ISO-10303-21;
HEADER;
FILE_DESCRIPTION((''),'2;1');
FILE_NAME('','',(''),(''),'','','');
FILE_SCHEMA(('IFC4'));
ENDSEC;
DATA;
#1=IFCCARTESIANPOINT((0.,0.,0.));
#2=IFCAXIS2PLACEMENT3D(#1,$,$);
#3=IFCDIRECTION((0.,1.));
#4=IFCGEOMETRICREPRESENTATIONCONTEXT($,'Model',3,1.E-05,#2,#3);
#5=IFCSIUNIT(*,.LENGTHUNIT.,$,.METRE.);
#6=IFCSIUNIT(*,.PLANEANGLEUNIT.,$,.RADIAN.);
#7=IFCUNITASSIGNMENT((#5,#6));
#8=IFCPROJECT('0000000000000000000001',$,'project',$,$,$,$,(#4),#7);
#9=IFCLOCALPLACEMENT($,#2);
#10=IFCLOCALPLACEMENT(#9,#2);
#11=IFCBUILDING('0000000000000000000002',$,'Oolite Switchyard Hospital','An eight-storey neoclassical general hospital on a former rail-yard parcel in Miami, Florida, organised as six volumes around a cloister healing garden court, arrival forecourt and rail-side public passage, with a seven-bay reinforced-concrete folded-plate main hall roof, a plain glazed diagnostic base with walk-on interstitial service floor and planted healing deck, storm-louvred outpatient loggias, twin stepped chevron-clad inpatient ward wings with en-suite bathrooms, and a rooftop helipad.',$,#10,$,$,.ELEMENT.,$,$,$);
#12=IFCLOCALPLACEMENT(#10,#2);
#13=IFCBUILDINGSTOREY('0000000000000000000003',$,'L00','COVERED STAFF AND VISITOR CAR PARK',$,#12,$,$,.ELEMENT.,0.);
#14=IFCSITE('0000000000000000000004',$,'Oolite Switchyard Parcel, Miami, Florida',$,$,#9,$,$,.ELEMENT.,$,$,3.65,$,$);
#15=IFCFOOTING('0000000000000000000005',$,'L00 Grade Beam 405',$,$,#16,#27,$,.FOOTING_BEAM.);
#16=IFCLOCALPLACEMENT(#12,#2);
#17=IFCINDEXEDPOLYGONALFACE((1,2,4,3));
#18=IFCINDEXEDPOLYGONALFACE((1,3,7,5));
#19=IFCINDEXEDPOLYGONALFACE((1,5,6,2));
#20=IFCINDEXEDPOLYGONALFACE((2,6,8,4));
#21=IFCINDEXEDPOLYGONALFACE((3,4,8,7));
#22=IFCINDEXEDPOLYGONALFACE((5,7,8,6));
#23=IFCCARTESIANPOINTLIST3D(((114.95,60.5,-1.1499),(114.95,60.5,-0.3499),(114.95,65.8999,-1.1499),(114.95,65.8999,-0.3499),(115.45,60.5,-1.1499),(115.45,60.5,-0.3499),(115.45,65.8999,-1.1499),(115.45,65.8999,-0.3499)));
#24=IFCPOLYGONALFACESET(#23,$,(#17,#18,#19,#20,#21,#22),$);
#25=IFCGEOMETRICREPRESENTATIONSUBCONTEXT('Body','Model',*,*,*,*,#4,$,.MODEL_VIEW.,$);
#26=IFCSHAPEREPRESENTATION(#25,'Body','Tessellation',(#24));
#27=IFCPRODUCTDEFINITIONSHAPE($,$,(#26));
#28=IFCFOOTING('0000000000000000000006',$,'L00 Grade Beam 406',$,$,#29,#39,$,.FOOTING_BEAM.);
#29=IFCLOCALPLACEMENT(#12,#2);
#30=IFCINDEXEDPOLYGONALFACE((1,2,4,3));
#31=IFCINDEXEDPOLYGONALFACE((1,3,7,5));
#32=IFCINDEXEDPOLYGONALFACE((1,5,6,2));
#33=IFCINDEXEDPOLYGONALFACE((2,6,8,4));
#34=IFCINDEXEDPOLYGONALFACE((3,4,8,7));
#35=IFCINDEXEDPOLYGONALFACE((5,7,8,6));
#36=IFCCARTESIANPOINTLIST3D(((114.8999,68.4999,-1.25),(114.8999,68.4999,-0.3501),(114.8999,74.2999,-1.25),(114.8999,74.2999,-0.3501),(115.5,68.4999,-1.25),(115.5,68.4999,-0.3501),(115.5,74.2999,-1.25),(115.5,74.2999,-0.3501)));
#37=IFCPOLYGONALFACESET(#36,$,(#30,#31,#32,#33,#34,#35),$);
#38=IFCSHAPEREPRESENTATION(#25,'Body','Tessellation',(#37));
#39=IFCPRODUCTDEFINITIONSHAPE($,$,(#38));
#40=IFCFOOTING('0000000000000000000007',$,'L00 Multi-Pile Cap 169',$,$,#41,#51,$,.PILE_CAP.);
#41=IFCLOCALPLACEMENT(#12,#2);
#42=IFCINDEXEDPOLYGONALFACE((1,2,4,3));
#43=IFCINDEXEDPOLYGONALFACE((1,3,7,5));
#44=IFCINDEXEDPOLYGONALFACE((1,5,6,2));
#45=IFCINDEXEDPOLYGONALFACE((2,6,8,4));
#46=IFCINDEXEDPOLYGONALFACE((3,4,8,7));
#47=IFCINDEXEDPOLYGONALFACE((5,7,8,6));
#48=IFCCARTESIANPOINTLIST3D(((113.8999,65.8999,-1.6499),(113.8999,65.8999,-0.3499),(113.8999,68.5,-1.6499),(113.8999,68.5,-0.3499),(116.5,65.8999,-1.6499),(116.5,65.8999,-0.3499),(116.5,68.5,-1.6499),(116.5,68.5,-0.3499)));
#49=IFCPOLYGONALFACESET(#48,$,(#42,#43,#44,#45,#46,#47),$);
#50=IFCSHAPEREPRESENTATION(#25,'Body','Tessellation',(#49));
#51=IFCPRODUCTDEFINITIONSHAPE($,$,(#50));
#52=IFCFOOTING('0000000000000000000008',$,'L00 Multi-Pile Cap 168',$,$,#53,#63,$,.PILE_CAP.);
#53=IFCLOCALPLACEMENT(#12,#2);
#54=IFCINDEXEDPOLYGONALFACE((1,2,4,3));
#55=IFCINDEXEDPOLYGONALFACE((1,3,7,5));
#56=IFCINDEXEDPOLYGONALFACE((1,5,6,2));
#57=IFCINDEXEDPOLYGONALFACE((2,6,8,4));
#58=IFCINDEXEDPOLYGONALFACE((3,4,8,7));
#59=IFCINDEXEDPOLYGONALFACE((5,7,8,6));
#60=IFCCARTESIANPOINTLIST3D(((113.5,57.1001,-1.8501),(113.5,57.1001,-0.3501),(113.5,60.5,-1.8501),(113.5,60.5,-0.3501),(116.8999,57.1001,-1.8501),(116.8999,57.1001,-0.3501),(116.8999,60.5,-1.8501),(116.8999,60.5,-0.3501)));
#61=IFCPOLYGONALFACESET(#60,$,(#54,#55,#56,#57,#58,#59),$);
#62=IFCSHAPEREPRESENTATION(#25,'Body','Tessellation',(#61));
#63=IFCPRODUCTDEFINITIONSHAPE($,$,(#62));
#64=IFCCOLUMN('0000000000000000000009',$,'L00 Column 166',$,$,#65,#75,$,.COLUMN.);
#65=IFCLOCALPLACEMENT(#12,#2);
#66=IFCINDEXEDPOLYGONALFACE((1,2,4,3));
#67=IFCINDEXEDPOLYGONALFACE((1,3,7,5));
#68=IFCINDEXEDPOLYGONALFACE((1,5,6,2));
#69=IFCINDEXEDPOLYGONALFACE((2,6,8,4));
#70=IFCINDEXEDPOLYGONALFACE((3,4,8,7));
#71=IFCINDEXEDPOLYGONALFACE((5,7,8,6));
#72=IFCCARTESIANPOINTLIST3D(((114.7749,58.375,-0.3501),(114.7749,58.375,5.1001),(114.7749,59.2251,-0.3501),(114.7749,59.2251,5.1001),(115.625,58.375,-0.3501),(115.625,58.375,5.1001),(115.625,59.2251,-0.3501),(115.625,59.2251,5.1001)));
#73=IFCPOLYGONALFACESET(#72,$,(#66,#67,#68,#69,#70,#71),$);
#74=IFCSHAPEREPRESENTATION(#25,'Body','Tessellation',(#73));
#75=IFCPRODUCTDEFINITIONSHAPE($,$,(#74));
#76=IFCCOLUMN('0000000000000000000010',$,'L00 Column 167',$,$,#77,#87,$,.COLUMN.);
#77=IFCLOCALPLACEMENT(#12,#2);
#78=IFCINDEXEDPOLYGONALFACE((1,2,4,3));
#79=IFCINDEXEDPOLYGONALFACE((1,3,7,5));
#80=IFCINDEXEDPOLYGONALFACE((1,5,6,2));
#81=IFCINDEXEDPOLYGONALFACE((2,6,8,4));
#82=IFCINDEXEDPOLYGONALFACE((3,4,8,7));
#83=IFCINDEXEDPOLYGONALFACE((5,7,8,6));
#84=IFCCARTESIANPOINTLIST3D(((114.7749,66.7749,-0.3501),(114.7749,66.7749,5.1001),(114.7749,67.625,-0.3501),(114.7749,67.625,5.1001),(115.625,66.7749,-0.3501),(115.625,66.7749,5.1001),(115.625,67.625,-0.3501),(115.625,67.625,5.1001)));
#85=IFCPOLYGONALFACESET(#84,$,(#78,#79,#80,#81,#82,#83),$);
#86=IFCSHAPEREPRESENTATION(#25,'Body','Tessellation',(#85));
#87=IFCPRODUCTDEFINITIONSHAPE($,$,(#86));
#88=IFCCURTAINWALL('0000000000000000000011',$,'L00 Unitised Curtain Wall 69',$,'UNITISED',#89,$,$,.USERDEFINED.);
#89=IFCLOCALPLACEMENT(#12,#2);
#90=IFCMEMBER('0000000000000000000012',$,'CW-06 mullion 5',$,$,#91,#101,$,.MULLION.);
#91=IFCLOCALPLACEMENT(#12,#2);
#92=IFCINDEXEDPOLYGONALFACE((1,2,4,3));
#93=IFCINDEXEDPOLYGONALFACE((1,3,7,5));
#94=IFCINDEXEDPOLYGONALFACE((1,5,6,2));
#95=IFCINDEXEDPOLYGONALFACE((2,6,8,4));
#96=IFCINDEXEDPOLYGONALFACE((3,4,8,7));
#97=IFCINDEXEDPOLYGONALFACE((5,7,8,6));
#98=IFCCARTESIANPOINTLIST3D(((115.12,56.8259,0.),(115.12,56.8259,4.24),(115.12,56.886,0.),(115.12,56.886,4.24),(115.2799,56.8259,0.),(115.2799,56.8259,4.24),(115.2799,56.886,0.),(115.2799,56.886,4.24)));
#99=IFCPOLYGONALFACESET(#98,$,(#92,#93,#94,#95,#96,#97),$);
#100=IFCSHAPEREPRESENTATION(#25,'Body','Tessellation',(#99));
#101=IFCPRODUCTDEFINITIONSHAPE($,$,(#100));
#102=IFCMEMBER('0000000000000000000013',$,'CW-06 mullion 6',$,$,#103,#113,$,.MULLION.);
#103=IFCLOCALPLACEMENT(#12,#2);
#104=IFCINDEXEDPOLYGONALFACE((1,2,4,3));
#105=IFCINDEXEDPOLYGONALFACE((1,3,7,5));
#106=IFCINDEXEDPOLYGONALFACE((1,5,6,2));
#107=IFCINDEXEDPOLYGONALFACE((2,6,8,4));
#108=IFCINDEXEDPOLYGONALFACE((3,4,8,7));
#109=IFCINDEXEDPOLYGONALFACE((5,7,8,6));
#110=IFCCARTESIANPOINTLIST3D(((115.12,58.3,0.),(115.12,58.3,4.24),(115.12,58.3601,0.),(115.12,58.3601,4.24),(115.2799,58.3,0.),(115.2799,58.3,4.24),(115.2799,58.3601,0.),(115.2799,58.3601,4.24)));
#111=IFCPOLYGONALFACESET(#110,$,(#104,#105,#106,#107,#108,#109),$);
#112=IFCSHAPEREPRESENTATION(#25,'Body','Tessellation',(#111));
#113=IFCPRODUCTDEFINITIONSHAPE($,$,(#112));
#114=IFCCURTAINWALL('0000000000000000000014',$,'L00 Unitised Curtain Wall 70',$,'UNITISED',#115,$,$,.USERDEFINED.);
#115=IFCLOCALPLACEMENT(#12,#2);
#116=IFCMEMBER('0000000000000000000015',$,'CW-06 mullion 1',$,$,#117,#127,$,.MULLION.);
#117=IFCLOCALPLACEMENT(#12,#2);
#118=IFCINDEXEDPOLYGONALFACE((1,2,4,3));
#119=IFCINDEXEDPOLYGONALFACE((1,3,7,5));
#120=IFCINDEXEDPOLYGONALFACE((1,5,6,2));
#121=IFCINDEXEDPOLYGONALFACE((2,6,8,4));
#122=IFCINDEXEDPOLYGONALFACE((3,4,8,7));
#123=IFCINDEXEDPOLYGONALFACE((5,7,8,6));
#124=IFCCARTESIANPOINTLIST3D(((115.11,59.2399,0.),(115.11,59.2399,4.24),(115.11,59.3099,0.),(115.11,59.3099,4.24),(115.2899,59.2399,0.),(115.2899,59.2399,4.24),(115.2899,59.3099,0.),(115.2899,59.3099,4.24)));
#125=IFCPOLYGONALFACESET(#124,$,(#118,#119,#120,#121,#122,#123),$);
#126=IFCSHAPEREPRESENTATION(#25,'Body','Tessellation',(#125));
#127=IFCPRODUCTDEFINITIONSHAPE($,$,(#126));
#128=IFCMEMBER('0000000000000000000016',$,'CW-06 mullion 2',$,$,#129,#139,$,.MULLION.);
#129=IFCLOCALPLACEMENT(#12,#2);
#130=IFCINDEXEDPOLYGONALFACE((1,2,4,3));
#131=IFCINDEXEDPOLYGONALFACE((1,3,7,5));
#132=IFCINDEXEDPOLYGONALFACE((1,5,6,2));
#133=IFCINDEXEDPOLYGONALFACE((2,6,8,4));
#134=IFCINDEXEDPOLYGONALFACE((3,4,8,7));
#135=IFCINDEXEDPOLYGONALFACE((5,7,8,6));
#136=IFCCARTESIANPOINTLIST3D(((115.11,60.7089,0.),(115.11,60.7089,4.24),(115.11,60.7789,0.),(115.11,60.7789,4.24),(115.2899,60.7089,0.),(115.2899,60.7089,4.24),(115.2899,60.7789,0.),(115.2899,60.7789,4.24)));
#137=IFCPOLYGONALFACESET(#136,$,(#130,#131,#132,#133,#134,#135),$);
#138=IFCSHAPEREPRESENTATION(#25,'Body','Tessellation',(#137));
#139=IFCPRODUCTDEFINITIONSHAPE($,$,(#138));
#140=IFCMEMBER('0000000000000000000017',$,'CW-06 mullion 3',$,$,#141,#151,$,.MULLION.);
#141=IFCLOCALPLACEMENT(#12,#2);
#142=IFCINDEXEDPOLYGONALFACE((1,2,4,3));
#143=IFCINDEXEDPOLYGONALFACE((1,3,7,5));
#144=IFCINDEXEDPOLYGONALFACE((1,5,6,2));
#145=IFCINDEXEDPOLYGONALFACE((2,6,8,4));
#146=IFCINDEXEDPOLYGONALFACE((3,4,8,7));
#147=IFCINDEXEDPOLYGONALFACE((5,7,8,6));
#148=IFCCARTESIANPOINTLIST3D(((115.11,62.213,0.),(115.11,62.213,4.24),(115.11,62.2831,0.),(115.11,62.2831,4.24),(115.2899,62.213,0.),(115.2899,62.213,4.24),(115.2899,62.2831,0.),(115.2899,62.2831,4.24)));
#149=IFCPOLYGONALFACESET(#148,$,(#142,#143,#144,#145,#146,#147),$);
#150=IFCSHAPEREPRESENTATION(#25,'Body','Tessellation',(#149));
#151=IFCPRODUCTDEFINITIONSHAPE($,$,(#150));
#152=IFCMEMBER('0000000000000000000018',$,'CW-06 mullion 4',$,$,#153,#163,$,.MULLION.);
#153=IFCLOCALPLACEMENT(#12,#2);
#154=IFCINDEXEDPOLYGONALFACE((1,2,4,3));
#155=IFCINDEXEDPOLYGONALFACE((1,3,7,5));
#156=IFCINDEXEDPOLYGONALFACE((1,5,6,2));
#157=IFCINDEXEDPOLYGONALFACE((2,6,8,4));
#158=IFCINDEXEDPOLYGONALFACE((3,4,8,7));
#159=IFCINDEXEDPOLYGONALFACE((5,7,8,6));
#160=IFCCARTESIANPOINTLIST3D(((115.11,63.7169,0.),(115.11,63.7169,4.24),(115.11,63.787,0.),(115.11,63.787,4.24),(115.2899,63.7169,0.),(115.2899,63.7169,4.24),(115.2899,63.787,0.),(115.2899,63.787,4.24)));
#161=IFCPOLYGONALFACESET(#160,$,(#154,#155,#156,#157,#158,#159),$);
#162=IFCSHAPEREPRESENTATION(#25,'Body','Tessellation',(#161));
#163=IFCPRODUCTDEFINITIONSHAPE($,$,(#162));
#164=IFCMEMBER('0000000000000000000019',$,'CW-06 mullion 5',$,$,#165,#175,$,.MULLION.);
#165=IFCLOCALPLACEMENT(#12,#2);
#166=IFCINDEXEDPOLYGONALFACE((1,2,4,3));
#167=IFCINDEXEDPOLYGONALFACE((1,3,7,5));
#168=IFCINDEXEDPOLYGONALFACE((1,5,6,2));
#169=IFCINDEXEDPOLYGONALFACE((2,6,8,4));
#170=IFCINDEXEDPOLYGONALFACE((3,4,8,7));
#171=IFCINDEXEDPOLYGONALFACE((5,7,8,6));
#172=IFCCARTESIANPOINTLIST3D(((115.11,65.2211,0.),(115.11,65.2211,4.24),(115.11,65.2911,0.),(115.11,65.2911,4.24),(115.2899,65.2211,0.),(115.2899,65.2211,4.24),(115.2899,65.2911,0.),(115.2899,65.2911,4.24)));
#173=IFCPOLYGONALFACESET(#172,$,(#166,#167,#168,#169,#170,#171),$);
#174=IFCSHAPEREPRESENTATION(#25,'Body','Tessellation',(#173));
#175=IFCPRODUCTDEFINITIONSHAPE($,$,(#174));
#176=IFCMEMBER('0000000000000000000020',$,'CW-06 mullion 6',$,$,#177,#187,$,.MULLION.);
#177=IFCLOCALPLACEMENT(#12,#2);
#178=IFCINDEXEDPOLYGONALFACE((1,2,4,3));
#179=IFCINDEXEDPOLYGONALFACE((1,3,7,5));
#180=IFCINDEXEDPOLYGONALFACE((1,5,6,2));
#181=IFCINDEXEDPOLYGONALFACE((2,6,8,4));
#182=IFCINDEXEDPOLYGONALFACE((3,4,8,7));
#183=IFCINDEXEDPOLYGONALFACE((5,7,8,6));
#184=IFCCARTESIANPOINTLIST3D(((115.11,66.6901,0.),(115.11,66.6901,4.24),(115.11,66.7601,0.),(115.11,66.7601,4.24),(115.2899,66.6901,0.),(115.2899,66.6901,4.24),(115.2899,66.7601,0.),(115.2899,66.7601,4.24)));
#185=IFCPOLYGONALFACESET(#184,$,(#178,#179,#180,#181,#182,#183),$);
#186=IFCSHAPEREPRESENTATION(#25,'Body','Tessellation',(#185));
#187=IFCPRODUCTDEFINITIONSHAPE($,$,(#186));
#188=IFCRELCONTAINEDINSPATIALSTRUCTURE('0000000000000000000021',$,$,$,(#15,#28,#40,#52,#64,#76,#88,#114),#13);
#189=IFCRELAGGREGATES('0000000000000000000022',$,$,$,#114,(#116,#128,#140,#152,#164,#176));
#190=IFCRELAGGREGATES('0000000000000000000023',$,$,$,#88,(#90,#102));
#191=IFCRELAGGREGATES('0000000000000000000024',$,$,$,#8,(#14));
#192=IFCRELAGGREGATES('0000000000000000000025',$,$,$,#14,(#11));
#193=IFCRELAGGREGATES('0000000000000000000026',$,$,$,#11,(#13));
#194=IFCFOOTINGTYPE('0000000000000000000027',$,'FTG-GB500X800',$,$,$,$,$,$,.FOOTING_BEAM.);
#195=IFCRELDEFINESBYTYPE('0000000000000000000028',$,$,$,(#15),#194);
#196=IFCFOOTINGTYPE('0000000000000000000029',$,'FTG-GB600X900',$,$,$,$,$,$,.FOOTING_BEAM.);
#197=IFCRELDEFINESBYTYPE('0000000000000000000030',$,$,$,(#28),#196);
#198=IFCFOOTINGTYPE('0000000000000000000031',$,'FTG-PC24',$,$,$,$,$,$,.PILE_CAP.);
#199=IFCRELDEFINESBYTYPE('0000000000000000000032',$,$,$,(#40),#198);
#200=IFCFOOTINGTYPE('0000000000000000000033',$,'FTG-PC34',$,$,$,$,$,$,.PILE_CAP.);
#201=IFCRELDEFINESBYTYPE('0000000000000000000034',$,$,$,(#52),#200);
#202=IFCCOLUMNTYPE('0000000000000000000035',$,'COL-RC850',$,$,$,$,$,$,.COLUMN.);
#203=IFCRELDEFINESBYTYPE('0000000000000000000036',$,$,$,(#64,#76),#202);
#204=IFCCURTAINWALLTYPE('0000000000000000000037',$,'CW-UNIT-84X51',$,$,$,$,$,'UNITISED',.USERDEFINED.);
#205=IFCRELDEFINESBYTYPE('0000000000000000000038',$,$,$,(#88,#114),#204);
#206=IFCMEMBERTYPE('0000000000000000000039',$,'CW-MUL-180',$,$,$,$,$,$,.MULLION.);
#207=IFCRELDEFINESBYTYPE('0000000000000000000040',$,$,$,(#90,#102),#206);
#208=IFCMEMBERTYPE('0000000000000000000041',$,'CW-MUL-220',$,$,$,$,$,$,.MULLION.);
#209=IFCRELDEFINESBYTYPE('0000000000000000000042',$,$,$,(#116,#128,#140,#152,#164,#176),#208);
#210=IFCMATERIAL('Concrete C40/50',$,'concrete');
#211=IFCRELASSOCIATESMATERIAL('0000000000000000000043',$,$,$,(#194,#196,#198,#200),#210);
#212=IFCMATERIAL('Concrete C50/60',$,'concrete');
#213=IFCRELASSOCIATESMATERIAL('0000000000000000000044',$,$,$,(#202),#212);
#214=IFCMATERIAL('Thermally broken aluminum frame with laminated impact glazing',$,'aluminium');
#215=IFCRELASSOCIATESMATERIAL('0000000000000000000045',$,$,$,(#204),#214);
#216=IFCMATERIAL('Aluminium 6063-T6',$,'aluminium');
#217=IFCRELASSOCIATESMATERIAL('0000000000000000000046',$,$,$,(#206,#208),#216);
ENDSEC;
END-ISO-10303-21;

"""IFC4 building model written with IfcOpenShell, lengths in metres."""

from ifc_helpers import new_model, si_unit, direction, frame, origin, origin_2d, place, context, subcontext, project, spatial, rectangle, extrude, material, material_profile, profile_set, type_object, element, aggregate, save


model = new_model("IFC4")

# Units and contexts
model_context = context("Model", 3, precision=1e-05, world=origin(), true_north=direction((0.0, 1.0)))
body_context = subcontext(model_context, "Body", "Model", "MODEL_VIEW")
ifc_project = project(units=[si_unit("LENGTHUNIT", "METRE"), si_unit("PLANEANGLEUNIT", "RADIAN")], contexts=[model_context])

# Site, building, storey
site_placement = place(None, origin())
site = spatial("IfcSite", under=ifc_project, at=site_placement, Name="Oolite Switchyard Parcel, Miami, Florida", CompositionType="ELEMENT", RefElevation=3.65)
building_placement = place(site_placement, origin())
building = spatial("IfcBuilding", under=site, at=building_placement, Name="Oolite Switchyard Hospital", Description="An eight-storey neoclassical general hospital on a former rail-yard parcel in Miami, Florida, organised as six volumes around a cloister healing garden court, arrival forecourt and rail-side public passage, with a seven-bay reinforced-concrete folded-plate main hall roof, a plain glazed diagnostic base with walk-on interstitial service floor and planted healing deck, storm-louvred outpatient loggias, twin stepped chevron-clad inpatient ward wings with en-suite bathrooms, and a rooftop helipad.", CompositionType="ELEMENT")
storey_placement = place(building_placement, origin())
storey = spatial("IfcBuildingStorey", under=building, at=storey_placement, Name="L00", Description="COVERED STAFF AND VISITOR CAR PARK", CompositionType="ELEMENT", Elevation=0.0)

# Footings
ifc_material_1 = material(Name="Concrete C40/50", Category="concrete")
footing_type_1 = type_object("IfcFootingType", Name="FTG-GB500X800", PredefinedType="FOOTING_BEAM", material=ifc_material_1)
footing_1_placement = place(storey_placement, frame((115.2, 63.2, -1.1499), z_axis=(0.0, 0.0, 1.0), x_axis=(0.0, 1.0, 0.0)))
element("IfcFooting", 1, at=footing_1_placement, inside=storey, type_object=footing_type_1, Name="L00 Grade Beam 405", PredefinedType="FOOTING_BEAM", context=body_context, shape_type="SweptSolid", body=[
    extrude(rectangle(XDim=5.3999, YDim=0.5, at=origin_2d()), origin(), (0.0, 0.0, 1.0), 0.8),
])
footing_type_2 = type_object("IfcFootingType", Name="FTG-GB600X900", PredefinedType="FOOTING_BEAM", material=ifc_material_1)
footing_2_placement = place(storey_placement, frame((115.2, 71.3999, -1.25), z_axis=(0.0, 0.0, 1.0), x_axis=(0.0, 1.0, 0.0)))
element("IfcFooting", 2, at=footing_2_placement, inside=storey, type_object=footing_type_2, Name="L00 Grade Beam 406", PredefinedType="FOOTING_BEAM", context=body_context, shape_type="SweptSolid", body=[
    extrude(rectangle(XDim=5.8, YDim=0.6001, at=origin_2d()), origin(), (0.0, 0.0, 1.0), 0.8999),
])
footing_type_3 = type_object("IfcFootingType", Name="FTG-PC24", PredefinedType="PILE_CAP", material=ifc_material_1)
footing_3_placement = place(storey_placement, frame((115.2, 67.2, -1.6499), z_axis=(0.0, 0.0, 1.0), x_axis=(1.0, 0.0, 0.0)))
element("IfcFooting", 3, at=footing_3_placement, inside=storey, type_object=footing_type_3, Name="L00 Multi-Pile Cap 169", PredefinedType="PILE_CAP", context=body_context, shape_type="SweptSolid", body=[
    extrude(rectangle(XDim=2.6001, YDim=2.6001, at=origin_2d()), origin(), (0.0, 0.0, 1.0), 1.3),
])
footing_type_4 = type_object("IfcFootingType", Name="FTG-PC34", PredefinedType="PILE_CAP", material=ifc_material_1)
footing_4_placement = place(storey_placement, frame((115.2, 58.8, -1.8501), z_axis=(0.0, 0.0, 1.0), x_axis=(1.0, 0.0, 0.0)))
element("IfcFooting", 4, at=footing_4_placement, inside=storey, type_object=footing_type_4, Name="L00 Multi-Pile Cap 168", PredefinedType="PILE_CAP", context=body_context, shape_type="SweptSolid", body=[
    extrude(rectangle(XDim=3.3999, YDim=3.3999, at=origin_2d()), origin(), (0.0, 0.0, 1.0), 1.5),
])

# Columns
ifc_material_2 = material(Name="Concrete C50/60", Category="concrete")
ifc_material_profile_1 = material_profile(ifc_material_2, rectangle(XDim=0.8501, YDim=0.8501, at=origin_2d()), Name="RC850X850")
ifc_profile_set_1 = profile_set([ifc_material_profile_1], Name="Concrete C50/60")
column_type = type_object("IfcColumnType", Name="COL-RC850", PredefinedType="COLUMN", material=ifc_profile_set_1)
for number, where, z_axis, x_axis, name in (
    (5, (115.2, 58.8, -0.3501), (0.0, 0.0, 1.0), (1.0, 0.0, 0.0), "L00 Column 166"),
    (6, (115.2, 67.2, -0.3501), (0.0, 0.0, 1.0), (1.0, 0.0, 0.0), "L00 Column 167"),
):
    element("IfcColumn", number, at=place(storey_placement, frame(where, z_axis=z_axis, x_axis=x_axis)), inside=storey, type_object=column_type, Name=name, PredefinedType="COLUMN", context=body_context, shape_type="SweptSolid", body=[
        extrude(rectangle(XDim=0.8501, YDim=0.8501, at=origin_2d()), origin(), (0.0, 0.0, 1.0), 5.4502),
    ])

# Curtain walls, members
ifc_material_3 = material(Name="Thermally broken aluminum frame with laminated impact glazing", Category="aluminium")
curtain_wall_type = type_object("IfcCurtainWallType", Name="CW-UNIT-84X51", ElementType="UNITISED", PredefinedType="USERDEFINED", material=ifc_material_3)
curtain_wall_1_placement = place(storey_placement, origin())
curtain_wall_1 = element("IfcCurtainWall", 7, at=curtain_wall_1_placement, inside=storey, type_object=curtain_wall_type, Name="L00 Unitised Curtain Wall 69", ObjectType="UNITISED", PredefinedType="USERDEFINED")
ifc_material_4 = material(Name="Aluminium 6063-T6", Category="aluminium")
ifc_material_profile_2 = material_profile(ifc_material_4, rectangle(XDim=0.1599, YDim=0.0601, at=origin_2d()), Name="CWM60X160")
ifc_profile_set_2 = profile_set([ifc_material_profile_2], Name="Aluminium 6063-T6")
member_type_1 = type_object("IfcMemberType", Name="CW-MUL-180", PredefinedType="MULLION", material=ifc_profile_set_2)
member_1_placement = place(storey_placement, frame((115.2, 56.856, 0.0), z_axis=(0.0, 0.0, 1.0), x_axis=(-1.0, 0.0, 0.0)))
member_1 = element("IfcMember", 8, at=member_1_placement, type_object=member_type_1, Name="CW-06 mullion 5", PredefinedType="MULLION", context=body_context, shape_type="SweptSolid", body=[
    extrude(rectangle(XDim=0.1599, YDim=0.0601, at=origin_2d()), origin(), (0.0, 0.0, 1.0), 4.24),
])
member_2_placement = place(storey_placement, frame((115.2, 58.3301, 0.0), z_axis=(0.0, 0.0, 1.0), x_axis=(-1.0, 0.0, 0.0)))
member_2 = element("IfcMember", 9, at=member_2_placement, type_object=member_type_1, Name="CW-06 mullion 6", PredefinedType="MULLION", context=body_context, shape_type="SweptSolid", body=[
    extrude(rectangle(XDim=0.1599, YDim=0.0601, at=origin_2d()), origin(), (0.0, 0.0, 1.0), 4.24),
])
curtain_wall_2_placement = place(storey_placement, origin())
curtain_wall_2 = element("IfcCurtainWall", 10, at=curtain_wall_2_placement, inside=storey, type_object=curtain_wall_type, Name="L00 Unitised Curtain Wall 70", ObjectType="UNITISED", PredefinedType="USERDEFINED")
ifc_material_profile_3 = material_profile(ifc_material_4, rectangle(XDim=0.1799, YDim=0.0701, at=origin_2d()), Name="CWM70X180")
ifc_profile_set_3 = profile_set([ifc_material_profile_3], Name="Aluminium 6063-T6")
member_type_2 = type_object("IfcMemberType", Name="CW-MUL-220", PredefinedType="MULLION", material=ifc_profile_set_3)
member_3_placement = place(storey_placement, frame((115.2, 59.2749, 0.0), z_axis=(0.0, 0.0, 1.0), x_axis=(-1.0, 0.0, 0.0)))
member_3 = element("IfcMember", 11, at=member_3_placement, type_object=member_type_2, Name="CW-06 mullion 1", PredefinedType="MULLION", context=body_context, shape_type="SweptSolid", body=[
    extrude(rectangle(XDim=0.1799, YDim=0.0701, at=origin_2d()), origin(), (0.0, 0.0, 1.0), 4.24),
])
member_4_placement = place(storey_placement, frame((115.2, 60.7439, 0.0), z_axis=(0.0, 0.0, 1.0), x_axis=(-1.0, 0.0, 0.0)))
member_4 = element("IfcMember", 12, at=member_4_placement, type_object=member_type_2, Name="CW-06 mullion 2", PredefinedType="MULLION", context=body_context, shape_type="SweptSolid", body=[
    extrude(rectangle(XDim=0.1799, YDim=0.0701, at=origin_2d()), origin(), (0.0, 0.0, 1.0), 4.24),
])
member_5_placement = place(storey_placement, frame((115.2, 62.248, 0.0), z_axis=(0.0, 0.0, 1.0), x_axis=(-1.0, 0.0, 0.0)))
member_5 = element("IfcMember", 13, at=member_5_placement, type_object=member_type_2, Name="CW-06 mullion 3", PredefinedType="MULLION", context=body_context, shape_type="SweptSolid", body=[
    extrude(rectangle(XDim=0.1799, YDim=0.0701, at=origin_2d()), origin(), (0.0, 0.0, 1.0), 4.24),
])
member_6_placement = place(storey_placement, frame((115.2, 63.752, 0.0), z_axis=(0.0, 0.0, 1.0), x_axis=(-1.0, 0.0, 0.0)))
member_6 = element("IfcMember", 14, at=member_6_placement, type_object=member_type_2, Name="CW-06 mullion 4", PredefinedType="MULLION", context=body_context, shape_type="SweptSolid", body=[
    extrude(rectangle(XDim=0.1799, YDim=0.0701, at=origin_2d()), origin(), (0.0, 0.0, 1.0), 4.24),
])
member_7_placement = place(storey_placement, frame((115.2, 65.2561, 0.0), z_axis=(0.0, 0.0, 1.0), x_axis=(-1.0, 0.0, 0.0)))
member_7 = element("IfcMember", 15, at=member_7_placement, type_object=member_type_2, Name="CW-06 mullion 5", PredefinedType="MULLION", context=body_context, shape_type="SweptSolid", body=[
    extrude(rectangle(XDim=0.1799, YDim=0.0701, at=origin_2d()), origin(), (0.0, 0.0, 1.0), 4.24),
])
member_8_placement = place(storey_placement, frame((115.2, 66.7251, 0.0), z_axis=(0.0, 0.0, 1.0), x_axis=(-1.0, 0.0, 0.0)))
member_8 = element("IfcMember", 16, at=member_8_placement, type_object=member_type_2, Name="CW-06 mullion 6", PredefinedType="MULLION", context=body_context, shape_type="SweptSolid", body=[
    extrude(rectangle(XDim=0.1799, YDim=0.0701, at=origin_2d()), origin(), (0.0, 0.0, 1.0), 4.24),
])
aggregate(curtain_wall_2, [member_3, member_4, member_5, member_6, member_7, member_8])

aggregate(curtain_wall_1, [member_1, member_2])

save(model, "model.ifc")
